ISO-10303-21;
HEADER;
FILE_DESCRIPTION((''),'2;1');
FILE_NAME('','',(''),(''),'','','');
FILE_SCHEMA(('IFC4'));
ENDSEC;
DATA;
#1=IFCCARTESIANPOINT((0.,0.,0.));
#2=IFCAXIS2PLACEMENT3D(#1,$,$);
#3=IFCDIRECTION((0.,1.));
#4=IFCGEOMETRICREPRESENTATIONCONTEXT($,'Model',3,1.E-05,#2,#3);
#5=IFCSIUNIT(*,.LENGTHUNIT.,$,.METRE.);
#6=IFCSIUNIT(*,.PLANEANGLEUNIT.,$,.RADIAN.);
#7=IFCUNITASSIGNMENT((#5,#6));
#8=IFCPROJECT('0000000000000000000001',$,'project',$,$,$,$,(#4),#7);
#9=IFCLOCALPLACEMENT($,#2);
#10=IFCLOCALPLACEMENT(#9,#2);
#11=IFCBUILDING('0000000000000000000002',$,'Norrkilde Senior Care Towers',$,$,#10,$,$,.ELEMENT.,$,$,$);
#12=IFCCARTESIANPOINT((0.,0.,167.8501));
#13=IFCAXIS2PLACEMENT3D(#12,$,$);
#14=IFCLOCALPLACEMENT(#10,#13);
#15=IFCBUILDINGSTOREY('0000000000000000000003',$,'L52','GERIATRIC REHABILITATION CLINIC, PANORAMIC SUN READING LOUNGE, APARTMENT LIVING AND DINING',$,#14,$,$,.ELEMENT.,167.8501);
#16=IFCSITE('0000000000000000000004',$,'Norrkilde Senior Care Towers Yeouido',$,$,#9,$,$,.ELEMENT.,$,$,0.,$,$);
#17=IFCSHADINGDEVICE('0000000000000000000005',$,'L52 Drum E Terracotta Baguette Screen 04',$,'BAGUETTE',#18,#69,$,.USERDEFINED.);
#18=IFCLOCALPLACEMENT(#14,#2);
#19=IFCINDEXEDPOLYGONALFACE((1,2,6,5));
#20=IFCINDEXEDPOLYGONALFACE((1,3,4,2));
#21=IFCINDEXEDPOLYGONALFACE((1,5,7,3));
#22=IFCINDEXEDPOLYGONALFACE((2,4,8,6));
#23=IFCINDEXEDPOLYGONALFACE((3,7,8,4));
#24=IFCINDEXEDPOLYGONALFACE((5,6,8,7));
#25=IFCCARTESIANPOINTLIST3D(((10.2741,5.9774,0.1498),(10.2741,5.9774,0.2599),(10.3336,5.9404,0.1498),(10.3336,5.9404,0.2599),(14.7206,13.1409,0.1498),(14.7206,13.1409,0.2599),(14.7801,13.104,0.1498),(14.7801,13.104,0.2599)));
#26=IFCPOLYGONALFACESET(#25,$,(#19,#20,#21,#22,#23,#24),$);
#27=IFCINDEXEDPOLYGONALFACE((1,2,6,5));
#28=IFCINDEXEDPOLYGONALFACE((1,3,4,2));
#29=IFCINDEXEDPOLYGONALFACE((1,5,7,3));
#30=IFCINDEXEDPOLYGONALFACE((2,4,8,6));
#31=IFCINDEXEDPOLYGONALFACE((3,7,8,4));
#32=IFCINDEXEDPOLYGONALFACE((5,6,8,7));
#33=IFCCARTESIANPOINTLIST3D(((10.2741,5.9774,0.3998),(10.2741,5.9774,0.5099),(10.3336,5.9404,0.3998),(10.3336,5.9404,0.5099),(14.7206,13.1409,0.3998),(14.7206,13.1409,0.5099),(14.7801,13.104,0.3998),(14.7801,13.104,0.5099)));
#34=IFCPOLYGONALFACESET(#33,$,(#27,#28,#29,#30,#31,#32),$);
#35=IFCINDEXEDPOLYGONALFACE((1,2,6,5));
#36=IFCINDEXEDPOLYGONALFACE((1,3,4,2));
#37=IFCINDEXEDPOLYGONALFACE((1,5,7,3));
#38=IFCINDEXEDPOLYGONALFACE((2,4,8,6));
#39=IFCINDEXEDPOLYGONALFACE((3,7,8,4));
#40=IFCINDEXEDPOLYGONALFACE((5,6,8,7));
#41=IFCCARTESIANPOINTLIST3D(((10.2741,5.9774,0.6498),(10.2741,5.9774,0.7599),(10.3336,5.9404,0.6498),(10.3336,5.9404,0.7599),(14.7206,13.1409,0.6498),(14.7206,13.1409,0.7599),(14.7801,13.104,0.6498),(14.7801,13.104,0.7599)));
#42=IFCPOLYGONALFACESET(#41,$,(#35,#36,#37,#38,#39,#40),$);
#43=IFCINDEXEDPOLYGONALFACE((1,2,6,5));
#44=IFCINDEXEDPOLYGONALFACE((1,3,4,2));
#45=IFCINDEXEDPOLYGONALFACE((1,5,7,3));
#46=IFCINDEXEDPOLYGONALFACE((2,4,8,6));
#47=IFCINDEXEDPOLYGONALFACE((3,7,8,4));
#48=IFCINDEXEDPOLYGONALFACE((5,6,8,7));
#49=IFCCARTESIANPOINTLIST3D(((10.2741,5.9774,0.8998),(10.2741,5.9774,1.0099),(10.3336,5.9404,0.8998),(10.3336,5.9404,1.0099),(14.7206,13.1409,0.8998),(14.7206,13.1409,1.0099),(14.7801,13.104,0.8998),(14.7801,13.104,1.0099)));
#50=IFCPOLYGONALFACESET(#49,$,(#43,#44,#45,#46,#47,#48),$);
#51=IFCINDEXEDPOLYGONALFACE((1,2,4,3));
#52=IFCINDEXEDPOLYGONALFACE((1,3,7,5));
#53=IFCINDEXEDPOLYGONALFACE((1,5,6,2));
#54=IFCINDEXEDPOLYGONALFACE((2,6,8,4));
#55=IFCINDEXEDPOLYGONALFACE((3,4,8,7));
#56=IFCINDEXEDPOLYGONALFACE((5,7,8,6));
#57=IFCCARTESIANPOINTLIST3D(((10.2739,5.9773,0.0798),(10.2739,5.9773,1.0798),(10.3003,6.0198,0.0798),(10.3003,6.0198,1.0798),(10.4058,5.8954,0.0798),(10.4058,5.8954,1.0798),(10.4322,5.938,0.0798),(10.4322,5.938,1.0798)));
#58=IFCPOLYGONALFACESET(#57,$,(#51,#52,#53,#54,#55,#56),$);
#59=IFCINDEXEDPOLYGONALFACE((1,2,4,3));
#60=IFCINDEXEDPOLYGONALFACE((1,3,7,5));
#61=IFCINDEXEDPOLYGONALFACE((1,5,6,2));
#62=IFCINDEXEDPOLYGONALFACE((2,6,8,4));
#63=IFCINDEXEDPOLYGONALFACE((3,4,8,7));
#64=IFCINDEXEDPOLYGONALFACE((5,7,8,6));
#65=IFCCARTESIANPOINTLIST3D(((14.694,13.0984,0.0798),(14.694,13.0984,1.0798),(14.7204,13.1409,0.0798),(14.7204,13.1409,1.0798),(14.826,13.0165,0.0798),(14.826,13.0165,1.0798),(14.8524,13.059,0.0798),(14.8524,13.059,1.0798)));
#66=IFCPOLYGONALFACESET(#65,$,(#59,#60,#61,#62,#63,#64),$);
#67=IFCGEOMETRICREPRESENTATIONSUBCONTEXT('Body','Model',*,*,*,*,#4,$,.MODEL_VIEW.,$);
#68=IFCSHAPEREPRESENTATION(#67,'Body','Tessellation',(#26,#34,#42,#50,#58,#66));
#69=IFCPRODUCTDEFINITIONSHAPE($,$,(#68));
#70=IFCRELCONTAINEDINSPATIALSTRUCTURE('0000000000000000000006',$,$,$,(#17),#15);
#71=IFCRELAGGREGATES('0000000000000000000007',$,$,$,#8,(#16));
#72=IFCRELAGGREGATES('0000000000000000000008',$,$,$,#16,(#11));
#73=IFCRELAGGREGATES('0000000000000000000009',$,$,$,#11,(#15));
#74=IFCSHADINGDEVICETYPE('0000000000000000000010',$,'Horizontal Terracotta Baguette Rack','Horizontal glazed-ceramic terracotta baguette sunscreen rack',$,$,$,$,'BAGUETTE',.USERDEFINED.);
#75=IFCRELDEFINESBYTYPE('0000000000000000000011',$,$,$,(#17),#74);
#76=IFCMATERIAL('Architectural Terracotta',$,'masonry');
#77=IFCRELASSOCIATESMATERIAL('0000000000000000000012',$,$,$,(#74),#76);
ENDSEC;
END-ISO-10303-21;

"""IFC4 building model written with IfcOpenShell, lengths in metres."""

from ifc_helpers import new_model, si_unit, direction, frame, origin, origin_2d, place, context, subcontext, project, spatial, rectangle, extrude, source, transform, mapped, material, type_object, type_shapes, element, save


model = new_model("IFC4")

# Units and contexts
model_context = context("Model", 3, precision=1e-05, world=origin(), true_north=direction((0.0, 1.0)))
body_context = subcontext(model_context, "Body", "Model", "MODEL_VIEW")
ifc_project = project(units=[si_unit("LENGTHUNIT", "METRE"), si_unit("PLANEANGLEUNIT", "RADIAN")], contexts=[model_context])

# Site, building, storey
site_placement = place(None, origin())
site = spatial("IfcSite", under=ifc_project, at=site_placement, Name="Norrkilde Senior Care Towers Yeouido", CompositionType="ELEMENT", RefElevation=0.0)
building_placement = place(site_placement, origin())
building = spatial("IfcBuilding", under=site, at=building_placement, Name="Norrkilde Senior Care Towers", CompositionType="ELEMENT")
storey_placement = place(building_placement, frame((0.0, 0.0, 167.8501)))
storey = spatial("IfcBuildingStorey", under=building, at=storey_placement, Name="L52", Description="GERIATRIC REHABILITATION CLINIC, PANORAMIC SUN READING LOUNGE, APARTMENT LIVING AND DINING", CompositionType="ELEMENT", Elevation=167.8501)

# Shading device
ifc_material_1 = material(Name="Architectural Terracotta", Category="masonry")
shading_device_type = type_object("IfcShadingDeviceType", Name="Horizontal Terracotta Baguette Rack", Description="Horizontal glazed-ceramic terracotta baguette sunscreen rack", ElementType="BAGUETTE", PredefinedType="USERDEFINED", material=ifc_material_1)
shared_shape_1 = source(origin(), body_context, "Body", "SweptSolid", [
    extrude(rectangle(XDim=0.0701, YDim=0.1101, at=origin_2d()), frame((0.0, 0.0901, 0.125), z_axis=(1.0, 0.0, 0.0), x_axis=(0.0, 1.0, 0.0)), (0.0, 0.0, 1.0), 8.4314),
    extrude(rectangle(XDim=0.0701, YDim=0.1101, at=origin_2d()), frame((0.0, 0.0901, 0.375), z_axis=(1.0, 0.0, 0.0), x_axis=(0.0, 1.0, 0.0)), (0.0, 0.0, 1.0), 8.4314),
    extrude(rectangle(XDim=0.0701, YDim=0.1101, at=origin_2d()), frame((0.0, 0.0901, 0.625), z_axis=(1.0, 0.0, 0.0), x_axis=(0.0, 1.0, 0.0)), (0.0, 0.0, 1.0), 8.4314),
    extrude(rectangle(XDim=0.0701, YDim=0.1101, at=origin_2d()), frame((0.0, 0.0901, 0.875), z_axis=(1.0, 0.0, 0.0), x_axis=(0.0, 1.0, 0.0)), (0.0, 0.0, 1.0), 8.4314),
    extrude(rectangle(XDim=0.05, YDim=0.1553, at=origin_2d()), frame((0.0249, 0.0476, 0.0)), (0.0, 0.0, 1.0), 1.0),
    extrude(rectangle(XDim=0.05, YDim=0.1553, at=origin_2d()), frame((8.4062, 0.0476, 0.0)), (0.0, 0.0, 1.0), 1.0),
])
type_shapes(shading_device_type, [shared_shape_1])
shading_device_placement = place(storey_placement, frame((10.3804, 5.9114, 0.0798), z_axis=(0.0, 0.0, 1.0), x_axis=(0.527378, 0.849631, 0.0)))
element("IfcShadingDevice", 1, at=shading_device_placement, inside=storey, type_object=shading_device_type, Name="L52 Drum E Terracotta Baguette Screen 04", ObjectType="BAGUETTE", PredefinedType="USERDEFINED", context=body_context, shape_type="MappedRepresentation", body=[
    mapped(shared_shape_1, transform((0.0, 0.0, 0.0), x_axis=(1.0, 0.0, 0.0), y_axis=(0.0, 1.0, 0.0), z_axis=(0.0, 0.0, 1.0), scale=1.0)),
])

save(model, "model.ifc")
